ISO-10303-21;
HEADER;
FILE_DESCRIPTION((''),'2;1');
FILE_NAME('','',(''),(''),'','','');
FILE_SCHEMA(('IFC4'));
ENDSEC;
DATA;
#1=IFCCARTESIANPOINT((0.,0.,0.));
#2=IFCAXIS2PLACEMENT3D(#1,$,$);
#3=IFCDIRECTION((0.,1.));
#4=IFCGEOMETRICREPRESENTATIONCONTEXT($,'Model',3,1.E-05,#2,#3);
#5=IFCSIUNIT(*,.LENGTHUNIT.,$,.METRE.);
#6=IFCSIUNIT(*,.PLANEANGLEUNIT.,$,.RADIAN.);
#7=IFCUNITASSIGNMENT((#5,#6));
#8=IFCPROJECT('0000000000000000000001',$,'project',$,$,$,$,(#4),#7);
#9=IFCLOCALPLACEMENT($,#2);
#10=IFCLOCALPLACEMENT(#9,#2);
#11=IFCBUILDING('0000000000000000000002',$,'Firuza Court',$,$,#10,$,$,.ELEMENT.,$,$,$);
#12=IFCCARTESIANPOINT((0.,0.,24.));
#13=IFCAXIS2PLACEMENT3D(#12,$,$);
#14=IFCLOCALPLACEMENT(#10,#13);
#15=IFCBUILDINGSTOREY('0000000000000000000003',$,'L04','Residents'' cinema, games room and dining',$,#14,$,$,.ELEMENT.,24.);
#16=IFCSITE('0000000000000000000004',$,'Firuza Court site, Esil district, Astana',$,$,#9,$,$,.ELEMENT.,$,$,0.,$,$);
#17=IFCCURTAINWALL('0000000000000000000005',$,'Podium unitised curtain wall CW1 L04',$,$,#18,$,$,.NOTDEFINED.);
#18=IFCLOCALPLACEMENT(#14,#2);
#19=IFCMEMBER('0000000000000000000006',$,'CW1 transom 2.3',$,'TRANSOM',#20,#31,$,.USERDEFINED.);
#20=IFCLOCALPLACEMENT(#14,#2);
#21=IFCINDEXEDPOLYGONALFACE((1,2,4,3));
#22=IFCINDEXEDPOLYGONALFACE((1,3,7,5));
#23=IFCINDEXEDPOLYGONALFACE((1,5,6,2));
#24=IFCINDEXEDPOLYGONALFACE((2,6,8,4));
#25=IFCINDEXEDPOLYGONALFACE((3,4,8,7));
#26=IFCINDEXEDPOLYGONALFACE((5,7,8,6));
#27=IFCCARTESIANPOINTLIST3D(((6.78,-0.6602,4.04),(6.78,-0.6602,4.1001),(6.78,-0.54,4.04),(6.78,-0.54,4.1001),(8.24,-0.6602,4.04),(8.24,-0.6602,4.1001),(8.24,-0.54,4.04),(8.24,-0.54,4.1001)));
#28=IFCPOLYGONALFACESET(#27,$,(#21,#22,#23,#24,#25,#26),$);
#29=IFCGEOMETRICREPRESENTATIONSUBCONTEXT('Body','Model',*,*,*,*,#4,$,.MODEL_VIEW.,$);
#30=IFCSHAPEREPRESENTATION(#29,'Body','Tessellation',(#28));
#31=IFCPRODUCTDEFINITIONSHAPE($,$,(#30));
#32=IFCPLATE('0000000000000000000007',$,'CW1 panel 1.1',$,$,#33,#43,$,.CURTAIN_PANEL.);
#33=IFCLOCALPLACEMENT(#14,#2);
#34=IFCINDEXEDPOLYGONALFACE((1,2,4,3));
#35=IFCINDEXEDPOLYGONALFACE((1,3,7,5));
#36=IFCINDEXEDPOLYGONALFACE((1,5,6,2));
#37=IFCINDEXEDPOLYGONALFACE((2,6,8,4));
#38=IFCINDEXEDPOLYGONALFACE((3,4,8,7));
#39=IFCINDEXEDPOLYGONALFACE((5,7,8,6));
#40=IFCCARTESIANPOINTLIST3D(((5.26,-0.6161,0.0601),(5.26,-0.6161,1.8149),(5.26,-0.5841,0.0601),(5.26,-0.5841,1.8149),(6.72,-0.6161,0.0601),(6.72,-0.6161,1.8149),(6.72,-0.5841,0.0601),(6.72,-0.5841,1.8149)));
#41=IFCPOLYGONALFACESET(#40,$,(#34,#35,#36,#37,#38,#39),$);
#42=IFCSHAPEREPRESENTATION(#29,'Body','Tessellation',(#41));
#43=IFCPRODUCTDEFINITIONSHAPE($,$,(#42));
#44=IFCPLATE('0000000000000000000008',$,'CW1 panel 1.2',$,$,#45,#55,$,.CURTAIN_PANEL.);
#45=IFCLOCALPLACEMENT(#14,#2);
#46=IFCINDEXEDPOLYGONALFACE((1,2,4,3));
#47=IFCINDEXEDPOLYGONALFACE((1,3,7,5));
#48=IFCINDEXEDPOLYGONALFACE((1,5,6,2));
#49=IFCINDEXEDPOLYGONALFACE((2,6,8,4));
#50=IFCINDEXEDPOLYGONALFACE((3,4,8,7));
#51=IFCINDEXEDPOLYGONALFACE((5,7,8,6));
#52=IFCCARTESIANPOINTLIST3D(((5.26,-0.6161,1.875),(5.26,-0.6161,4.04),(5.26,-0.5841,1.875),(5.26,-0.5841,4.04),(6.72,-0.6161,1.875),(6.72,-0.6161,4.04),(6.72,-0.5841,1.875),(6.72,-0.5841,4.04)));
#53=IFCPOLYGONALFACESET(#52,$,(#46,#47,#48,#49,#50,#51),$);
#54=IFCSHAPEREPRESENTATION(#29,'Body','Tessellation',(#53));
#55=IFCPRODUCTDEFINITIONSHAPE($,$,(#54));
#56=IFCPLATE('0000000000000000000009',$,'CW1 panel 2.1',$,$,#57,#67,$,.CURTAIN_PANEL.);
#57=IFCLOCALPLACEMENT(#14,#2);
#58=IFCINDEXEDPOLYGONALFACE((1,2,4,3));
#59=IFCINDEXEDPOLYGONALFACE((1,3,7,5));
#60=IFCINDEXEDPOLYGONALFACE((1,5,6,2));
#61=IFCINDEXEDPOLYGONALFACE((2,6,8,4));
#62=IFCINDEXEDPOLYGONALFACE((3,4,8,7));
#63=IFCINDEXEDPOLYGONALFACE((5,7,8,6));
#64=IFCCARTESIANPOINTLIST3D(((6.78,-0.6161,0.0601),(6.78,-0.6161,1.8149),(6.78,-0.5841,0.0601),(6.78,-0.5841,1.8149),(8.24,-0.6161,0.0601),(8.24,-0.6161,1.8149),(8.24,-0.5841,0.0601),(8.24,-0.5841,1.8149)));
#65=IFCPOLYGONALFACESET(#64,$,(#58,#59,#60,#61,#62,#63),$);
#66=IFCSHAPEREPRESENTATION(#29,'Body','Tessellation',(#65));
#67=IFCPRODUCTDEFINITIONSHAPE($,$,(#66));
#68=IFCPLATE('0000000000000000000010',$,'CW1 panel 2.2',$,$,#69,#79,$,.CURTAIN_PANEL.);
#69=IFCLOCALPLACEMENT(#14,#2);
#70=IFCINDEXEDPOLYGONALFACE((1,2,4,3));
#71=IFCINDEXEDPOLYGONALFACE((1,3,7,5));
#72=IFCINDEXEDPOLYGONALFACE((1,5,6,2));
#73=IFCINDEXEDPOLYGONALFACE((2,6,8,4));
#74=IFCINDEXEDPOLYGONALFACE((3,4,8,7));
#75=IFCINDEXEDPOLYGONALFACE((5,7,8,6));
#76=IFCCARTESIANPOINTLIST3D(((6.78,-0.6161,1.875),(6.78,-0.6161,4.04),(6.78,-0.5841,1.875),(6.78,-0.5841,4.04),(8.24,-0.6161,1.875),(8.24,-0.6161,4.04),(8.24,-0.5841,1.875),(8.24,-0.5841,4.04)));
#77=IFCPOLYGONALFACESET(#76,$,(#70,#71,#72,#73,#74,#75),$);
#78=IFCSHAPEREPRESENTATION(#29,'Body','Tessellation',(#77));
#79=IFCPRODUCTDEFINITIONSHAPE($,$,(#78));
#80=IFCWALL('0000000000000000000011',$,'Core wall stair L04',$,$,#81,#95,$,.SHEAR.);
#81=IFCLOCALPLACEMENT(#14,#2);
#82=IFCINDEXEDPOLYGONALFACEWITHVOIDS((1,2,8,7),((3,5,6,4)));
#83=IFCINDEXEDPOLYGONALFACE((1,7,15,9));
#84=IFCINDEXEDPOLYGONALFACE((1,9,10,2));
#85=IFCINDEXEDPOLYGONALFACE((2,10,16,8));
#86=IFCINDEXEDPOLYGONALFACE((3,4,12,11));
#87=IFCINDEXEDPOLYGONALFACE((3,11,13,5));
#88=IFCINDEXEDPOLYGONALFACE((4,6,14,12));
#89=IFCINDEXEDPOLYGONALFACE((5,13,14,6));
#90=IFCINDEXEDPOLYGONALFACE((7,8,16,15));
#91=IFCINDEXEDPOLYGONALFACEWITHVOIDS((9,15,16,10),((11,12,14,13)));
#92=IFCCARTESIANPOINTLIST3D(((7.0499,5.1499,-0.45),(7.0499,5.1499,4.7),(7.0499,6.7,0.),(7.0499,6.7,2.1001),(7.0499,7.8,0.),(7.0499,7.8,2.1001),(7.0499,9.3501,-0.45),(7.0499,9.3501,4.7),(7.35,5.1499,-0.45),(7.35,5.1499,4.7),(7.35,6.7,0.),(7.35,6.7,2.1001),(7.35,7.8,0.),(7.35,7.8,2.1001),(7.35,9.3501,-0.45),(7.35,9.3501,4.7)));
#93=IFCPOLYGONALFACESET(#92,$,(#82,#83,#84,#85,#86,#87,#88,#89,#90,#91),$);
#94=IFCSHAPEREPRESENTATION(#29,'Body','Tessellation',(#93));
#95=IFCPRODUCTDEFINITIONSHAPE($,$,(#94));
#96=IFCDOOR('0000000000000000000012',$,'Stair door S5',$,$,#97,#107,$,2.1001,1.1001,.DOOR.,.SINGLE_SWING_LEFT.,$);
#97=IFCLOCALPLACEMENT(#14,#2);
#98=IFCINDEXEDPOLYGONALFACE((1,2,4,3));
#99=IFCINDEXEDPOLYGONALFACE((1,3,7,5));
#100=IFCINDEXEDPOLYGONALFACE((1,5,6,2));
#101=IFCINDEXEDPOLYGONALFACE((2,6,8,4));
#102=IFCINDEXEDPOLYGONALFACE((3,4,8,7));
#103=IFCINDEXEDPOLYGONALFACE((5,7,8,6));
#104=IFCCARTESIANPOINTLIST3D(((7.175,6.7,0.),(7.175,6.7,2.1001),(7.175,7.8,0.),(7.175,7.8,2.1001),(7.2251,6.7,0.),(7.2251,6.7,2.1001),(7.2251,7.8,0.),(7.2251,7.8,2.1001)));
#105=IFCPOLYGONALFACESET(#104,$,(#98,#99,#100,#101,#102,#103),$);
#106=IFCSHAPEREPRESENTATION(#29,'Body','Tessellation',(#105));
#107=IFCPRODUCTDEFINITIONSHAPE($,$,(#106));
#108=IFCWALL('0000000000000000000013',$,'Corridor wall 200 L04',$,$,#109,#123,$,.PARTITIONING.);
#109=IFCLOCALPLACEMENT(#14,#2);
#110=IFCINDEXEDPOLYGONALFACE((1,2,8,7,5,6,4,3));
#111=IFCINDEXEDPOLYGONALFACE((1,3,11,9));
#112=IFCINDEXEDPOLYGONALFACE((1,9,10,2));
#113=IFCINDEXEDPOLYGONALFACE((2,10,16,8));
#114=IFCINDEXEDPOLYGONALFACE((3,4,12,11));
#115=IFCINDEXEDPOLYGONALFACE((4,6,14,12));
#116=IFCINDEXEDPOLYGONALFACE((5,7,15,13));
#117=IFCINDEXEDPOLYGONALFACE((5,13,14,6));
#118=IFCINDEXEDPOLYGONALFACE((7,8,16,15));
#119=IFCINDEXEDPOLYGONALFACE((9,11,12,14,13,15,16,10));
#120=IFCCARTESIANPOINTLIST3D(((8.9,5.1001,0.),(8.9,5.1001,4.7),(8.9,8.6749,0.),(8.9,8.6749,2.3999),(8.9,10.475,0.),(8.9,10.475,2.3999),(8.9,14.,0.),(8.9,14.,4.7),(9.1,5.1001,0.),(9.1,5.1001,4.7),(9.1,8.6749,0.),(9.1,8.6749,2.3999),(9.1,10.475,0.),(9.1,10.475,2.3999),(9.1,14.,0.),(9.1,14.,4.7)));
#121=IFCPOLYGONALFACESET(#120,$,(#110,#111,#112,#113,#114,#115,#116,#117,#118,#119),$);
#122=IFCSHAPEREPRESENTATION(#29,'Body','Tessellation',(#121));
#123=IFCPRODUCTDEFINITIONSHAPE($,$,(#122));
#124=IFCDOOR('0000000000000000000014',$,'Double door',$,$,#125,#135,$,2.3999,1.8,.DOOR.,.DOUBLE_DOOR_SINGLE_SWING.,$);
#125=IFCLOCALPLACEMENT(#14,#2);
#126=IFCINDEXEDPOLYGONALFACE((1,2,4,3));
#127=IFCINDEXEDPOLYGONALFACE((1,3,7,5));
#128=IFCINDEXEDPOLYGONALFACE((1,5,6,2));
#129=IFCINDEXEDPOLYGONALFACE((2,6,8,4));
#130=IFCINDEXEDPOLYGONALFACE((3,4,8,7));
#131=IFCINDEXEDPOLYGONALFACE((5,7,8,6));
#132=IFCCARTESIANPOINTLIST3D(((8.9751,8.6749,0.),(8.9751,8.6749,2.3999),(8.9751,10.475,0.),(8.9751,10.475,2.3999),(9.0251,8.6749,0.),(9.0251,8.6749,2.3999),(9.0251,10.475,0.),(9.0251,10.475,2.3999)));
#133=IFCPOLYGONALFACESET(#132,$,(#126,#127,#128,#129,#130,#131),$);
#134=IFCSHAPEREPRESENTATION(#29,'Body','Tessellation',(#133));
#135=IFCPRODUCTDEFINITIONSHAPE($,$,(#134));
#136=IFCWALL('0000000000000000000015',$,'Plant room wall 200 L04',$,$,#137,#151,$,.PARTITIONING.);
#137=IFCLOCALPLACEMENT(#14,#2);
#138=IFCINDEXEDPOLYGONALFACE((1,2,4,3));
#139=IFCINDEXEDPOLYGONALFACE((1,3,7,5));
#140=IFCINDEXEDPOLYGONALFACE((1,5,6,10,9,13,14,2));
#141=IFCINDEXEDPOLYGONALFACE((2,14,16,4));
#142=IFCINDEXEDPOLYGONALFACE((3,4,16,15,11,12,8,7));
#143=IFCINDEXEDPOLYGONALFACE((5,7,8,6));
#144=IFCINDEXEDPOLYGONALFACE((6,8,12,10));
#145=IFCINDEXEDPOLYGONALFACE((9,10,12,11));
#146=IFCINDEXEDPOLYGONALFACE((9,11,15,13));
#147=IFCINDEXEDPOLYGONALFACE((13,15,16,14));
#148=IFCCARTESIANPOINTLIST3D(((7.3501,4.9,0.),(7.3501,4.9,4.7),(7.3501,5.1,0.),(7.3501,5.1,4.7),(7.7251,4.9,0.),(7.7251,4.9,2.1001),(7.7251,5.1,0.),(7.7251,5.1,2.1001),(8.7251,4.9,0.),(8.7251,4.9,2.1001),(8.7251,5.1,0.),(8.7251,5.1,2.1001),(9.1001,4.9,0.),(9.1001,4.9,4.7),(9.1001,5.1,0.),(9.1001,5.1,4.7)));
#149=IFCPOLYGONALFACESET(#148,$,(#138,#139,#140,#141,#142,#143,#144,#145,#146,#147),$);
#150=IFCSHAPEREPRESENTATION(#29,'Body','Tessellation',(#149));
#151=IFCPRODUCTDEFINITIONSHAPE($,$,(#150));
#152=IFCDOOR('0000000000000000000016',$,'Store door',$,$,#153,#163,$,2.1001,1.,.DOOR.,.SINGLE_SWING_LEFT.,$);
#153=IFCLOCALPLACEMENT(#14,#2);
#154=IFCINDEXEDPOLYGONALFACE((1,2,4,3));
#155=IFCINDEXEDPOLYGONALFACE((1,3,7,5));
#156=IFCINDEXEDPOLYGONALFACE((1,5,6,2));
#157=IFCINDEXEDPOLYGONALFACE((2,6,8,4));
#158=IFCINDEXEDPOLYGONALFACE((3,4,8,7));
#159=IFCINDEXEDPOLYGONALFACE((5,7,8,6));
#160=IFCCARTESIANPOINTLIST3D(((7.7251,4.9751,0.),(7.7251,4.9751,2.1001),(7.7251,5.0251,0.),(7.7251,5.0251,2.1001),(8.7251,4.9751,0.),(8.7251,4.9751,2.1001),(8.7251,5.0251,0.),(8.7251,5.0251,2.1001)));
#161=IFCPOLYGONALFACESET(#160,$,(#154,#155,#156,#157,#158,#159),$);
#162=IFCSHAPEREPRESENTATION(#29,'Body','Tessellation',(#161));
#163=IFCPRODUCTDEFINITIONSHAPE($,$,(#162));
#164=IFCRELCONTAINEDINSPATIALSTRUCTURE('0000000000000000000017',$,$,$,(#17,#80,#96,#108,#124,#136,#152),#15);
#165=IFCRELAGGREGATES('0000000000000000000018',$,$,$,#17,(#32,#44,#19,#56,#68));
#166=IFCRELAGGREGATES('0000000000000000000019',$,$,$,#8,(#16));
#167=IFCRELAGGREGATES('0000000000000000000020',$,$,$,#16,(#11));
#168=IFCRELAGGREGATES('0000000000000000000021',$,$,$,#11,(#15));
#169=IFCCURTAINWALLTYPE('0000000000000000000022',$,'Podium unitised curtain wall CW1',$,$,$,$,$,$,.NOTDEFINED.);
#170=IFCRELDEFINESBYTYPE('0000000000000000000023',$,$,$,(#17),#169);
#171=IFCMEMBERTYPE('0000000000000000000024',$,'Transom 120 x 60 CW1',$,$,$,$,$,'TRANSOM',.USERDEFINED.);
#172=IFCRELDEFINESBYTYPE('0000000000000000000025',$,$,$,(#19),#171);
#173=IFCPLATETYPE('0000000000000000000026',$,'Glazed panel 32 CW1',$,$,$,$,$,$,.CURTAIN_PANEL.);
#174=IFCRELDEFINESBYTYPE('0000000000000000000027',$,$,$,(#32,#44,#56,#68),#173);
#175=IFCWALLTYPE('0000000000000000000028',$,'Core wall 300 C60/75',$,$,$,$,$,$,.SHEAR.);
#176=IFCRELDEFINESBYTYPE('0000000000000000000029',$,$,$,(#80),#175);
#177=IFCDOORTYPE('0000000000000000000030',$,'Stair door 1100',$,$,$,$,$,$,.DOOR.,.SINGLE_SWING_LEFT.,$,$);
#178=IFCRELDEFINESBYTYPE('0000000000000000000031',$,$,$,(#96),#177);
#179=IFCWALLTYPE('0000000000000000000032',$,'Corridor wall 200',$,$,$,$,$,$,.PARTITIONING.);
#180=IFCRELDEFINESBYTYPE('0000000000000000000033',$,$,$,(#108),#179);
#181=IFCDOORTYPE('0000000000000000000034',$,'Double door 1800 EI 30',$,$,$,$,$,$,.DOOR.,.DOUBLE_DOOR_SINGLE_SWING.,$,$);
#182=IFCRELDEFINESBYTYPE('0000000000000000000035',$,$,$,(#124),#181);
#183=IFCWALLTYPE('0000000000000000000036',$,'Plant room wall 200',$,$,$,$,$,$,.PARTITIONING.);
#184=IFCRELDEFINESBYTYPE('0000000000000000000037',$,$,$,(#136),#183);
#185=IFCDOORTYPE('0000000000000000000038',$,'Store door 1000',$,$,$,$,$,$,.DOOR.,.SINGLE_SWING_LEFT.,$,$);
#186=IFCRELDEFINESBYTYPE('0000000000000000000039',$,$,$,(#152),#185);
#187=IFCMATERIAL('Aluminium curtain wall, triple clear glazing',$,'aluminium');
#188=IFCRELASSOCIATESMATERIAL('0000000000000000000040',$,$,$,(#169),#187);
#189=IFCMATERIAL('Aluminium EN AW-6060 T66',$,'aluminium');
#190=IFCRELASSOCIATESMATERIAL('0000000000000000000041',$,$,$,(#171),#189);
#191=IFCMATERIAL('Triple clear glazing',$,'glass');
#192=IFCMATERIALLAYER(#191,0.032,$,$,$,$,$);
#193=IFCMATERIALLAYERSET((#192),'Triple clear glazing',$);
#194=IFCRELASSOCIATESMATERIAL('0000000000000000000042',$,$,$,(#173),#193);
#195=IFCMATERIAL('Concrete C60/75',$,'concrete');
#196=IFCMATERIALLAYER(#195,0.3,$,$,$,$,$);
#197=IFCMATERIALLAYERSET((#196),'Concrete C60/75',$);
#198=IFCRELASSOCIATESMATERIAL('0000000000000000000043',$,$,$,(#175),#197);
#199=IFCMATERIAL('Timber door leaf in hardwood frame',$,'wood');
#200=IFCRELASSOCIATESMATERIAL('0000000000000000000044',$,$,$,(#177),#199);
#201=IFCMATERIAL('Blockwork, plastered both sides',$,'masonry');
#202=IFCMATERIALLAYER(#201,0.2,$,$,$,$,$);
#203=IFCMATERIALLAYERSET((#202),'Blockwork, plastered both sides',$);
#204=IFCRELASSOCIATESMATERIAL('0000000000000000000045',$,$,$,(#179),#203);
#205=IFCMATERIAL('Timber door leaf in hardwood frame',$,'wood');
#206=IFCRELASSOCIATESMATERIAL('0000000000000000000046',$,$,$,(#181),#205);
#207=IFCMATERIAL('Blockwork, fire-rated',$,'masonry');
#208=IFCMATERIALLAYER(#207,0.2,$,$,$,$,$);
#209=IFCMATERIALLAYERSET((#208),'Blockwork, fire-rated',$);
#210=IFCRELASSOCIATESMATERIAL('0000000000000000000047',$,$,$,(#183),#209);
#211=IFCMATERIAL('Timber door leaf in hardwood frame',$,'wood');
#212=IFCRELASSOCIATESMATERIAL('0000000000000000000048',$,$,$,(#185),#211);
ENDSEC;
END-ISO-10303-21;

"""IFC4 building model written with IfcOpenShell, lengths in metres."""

from ifc_helpers import new_model, si_unit, direction, frame, frame_2d, origin, origin_2d, place, context, subcontext, project, spatial, rectangle, extrude, material, layer, layer_set, material_profile, profile_set, type_object, element, fill, aggregate, save


model = new_model("IFC4")

# Units and contexts
model_context = context("Model", 3, precision=1e-05, world=origin(), true_north=direction((0.0, 1.0)))
body_context = subcontext(model_context, "Body", "Model", "MODEL_VIEW")
ifc_project = project(units=[si_unit("LENGTHUNIT", "METRE"), si_unit("PLANEANGLEUNIT", "RADIAN")], contexts=[model_context])

# Site, building, storey
site_placement = place(None, origin())
site = spatial("IfcSite", under=ifc_project, at=site_placement, Name="Firuza Court site, Esil district, Astana", CompositionType="ELEMENT", RefElevation=0.0)
building_placement = place(site_placement, origin())
building = spatial("IfcBuilding", under=site, at=building_placement, Name="Firuza Court", CompositionType="ELEMENT")
storey_placement = place(building_placement, frame((0.0, 0.0, 24.0)))
storey = spatial("IfcBuildingStorey", under=building, at=storey_placement, Name="L04", Description="Residents' cinema, games room and dining", CompositionType="ELEMENT", Elevation=24.0)

# Curtain wall
ifc_material_1 = material(Name="Aluminium curtain wall, triple clear glazing", Category="aluminium")
curtain_wall_type = type_object("IfcCurtainWallType", Name="Podium unitised curtain wall CW1", PredefinedType="NOTDEFINED", material=ifc_material_1)
curtain_wall_placement = place(storey_placement, origin())
curtain_wall = element("IfcCurtainWall", 1, at=curtain_wall_placement, inside=storey, type_object=curtain_wall_type, Name="Podium unitised curtain wall CW1 L04", PredefinedType="NOTDEFINED")

# Member
ifc_material_2 = material(Name="Aluminium EN AW-6060 T66", Category="aluminium")
ifc_material_profile_1 = material_profile(ifc_material_2, rectangle(XDim=0.1201, YDim=0.0601, at=origin_2d()), Name="Transom 120 x 60 CW1")
ifc_profile_set_1 = profile_set([ifc_material_profile_1], Name="Aluminium EN AW-6060 T66")
member_type_1 = type_object("IfcMemberType", Name="Transom 120 x 60 CW1", ElementType="TRANSOM", PredefinedType="USERDEFINED", material=ifc_profile_set_1)
member_1_placement = place(storey_placement, frame((6.78, -0.6001, 4.0701), z_axis=(1.0, 0.0, 0.0), x_axis=(0.0, 1.0, 0.0)))
member_1 = element("IfcMember", 2, at=member_1_placement, type_object=member_type_1, Name="CW1 transom 2.3", ObjectType="TRANSOM", PredefinedType="USERDEFINED", context=body_context, shape_type="SweptSolid", body=[
    extrude(rectangle(XDim=0.1201, YDim=0.0601, at=origin_2d()), origin(), (0.0, 0.0, 1.0), 1.46),
])

# Plates
ifc_material_3 = material(Name="Triple clear glazing", Category="glass")
ifc_layer_1 = layer(ifc_material_3, 0.032)
ifc_layer_set_1 = layer_set([ifc_layer_1], Name="Triple clear glazing")
plate_type = type_object("IfcPlateType", Name="Glazed panel 32 CW1", PredefinedType="CURTAIN_PANEL", material=ifc_layer_set_1)
plate_1_placement = place(storey_placement, frame((5.99, -0.6001, 0.0601), z_axis=(0.0, 0.0, 1.0), x_axis=(1.0, 0.0, 0.0)))
plate_1 = element("IfcPlate", 3, at=plate_1_placement, type_object=plate_type, Name="CW1 panel 1.1", PredefinedType="CURTAIN_PANEL", context=body_context, shape_type="SweptSolid", body=[
    extrude(rectangle(XDim=1.46, YDim=0.032, at=origin_2d()), origin(), (0.0, 0.0, 1.0), 1.7549),
])
plate_2_placement = place(storey_placement, frame((5.99, -0.6001, 1.875), z_axis=(0.0, 0.0, 1.0), x_axis=(1.0, 0.0, 0.0)))
plate_2 = element("IfcPlate", 4, at=plate_2_placement, type_object=plate_type, Name="CW1 panel 1.2", PredefinedType="CURTAIN_PANEL", context=body_context, shape_type="SweptSolid", body=[
    extrude(rectangle(XDim=1.46, YDim=0.032, at=origin_2d()), origin(), (0.0, 0.0, 1.0), 2.165),
])
plate_3_placement = place(storey_placement, frame((7.51, -0.6001, 0.0601), z_axis=(0.0, 0.0, 1.0), x_axis=(1.0, 0.0, 0.0)))
plate_3 = element("IfcPlate", 5, at=plate_3_placement, type_object=plate_type, Name="CW1 panel 2.1", PredefinedType="CURTAIN_PANEL", context=body_context, shape_type="SweptSolid", body=[
    extrude(rectangle(XDim=1.46, YDim=0.032, at=origin_2d()), origin(), (0.0, 0.0, 1.0), 1.7549),
])
plate_4_placement = place(storey_placement, frame((7.51, -0.6001, 1.875), z_axis=(0.0, 0.0, 1.0), x_axis=(1.0, 0.0, 0.0)))
plate_4 = element("IfcPlate", 6, at=plate_4_placement, type_object=plate_type, Name="CW1 panel 2.2", PredefinedType="CURTAIN_PANEL", context=body_context, shape_type="SweptSolid", body=[
    extrude(rectangle(XDim=1.46, YDim=0.032, at=origin_2d()), origin(), (0.0, 0.0, 1.0), 2.165),
])
aggregate(curtain_wall, [plate_1, plate_2, member_1, plate_3, plate_4])

# Walls, openings, doors
ifc_material_4 = material(Name="Concrete C60/75", Category="concrete")
ifc_layer_2 = layer(ifc_material_4, 0.3)
ifc_layer_set_2 = layer_set([ifc_layer_2], Name="Concrete C60/75")
wall_type_1 = type_object("IfcWallType", Name="Core wall 300 C60/75", PredefinedType="SHEAR", material=ifc_layer_set_2)
wall_1_placement = place(storey_placement, frame((7.2, 5.1499, -0.45), z_axis=(0.0, 0.0, 1.0), x_axis=(0.0, 1.0, 0.0)))
wall_1 = element("IfcWall", 7, at=wall_1_placement, inside=storey, type_object=wall_type_1, Name="Core wall stair L04", PredefinedType="SHEAR", context=body_context, shape_type="SweptSolid", body=[
    extrude(rectangle(XDim=4.2002, YDim=0.3, at=frame_2d((2.1001, 0.0))), origin(), (0.0, 0.0, 1.0), 5.1499),
])
opening_1_placement = place(wall_1_placement, frame((1.55, 0.0, 0.45)))
opening_1 = element("IfcOpeningElement", 8, at=opening_1_placement, cuts=wall_1, PredefinedType="OPENING", context=body_context, shape_type="SweptSolid", body=[
    extrude(rectangle(XDim=1.1001, YDim=2.1001, at=frame_2d((0.55, 1.05))), frame((0.0, 0.1621, 0.0), z_axis=(0.0, -1.0, 0.0), x_axis=(1.0, 0.0, 0.0)), (0.0, 0.0, 1.0), 0.324),
])
ifc_material_5 = material(Name="Timber door leaf in hardwood frame", Category="wood")
door_type_1 = type_object("IfcDoorType", Name="Stair door 1100", OperationType="SINGLE_SWING_LEFT", PredefinedType="DOOR", material=ifc_material_5)
door_1_placement = place(opening_1_placement, origin())
door_1 = element("IfcDoor", 9, at=door_1_placement, inside=storey, type_object=door_type_1, Name="Stair door S5", OperationType="SINGLE_SWING_LEFT", OverallHeight=2.1001, OverallWidth=1.1001, PredefinedType="DOOR", context=body_context, shape_type="SweptSolid", body=[
    extrude(rectangle(XDim=1.1001, YDim=2.1001, at=frame_2d((0.55, 1.05))), frame((0.0, 0.0249, 0.0), z_axis=(0.0, -1.0, 0.0), x_axis=(1.0, 0.0, 0.0)), (0.0, 0.0, 1.0), 0.05),
])
fill(opening_1, door_1)
ifc_material_6 = material(Name="Blockwork, plastered both sides", Category="masonry")
ifc_layer_3 = layer(ifc_material_6, 0.2)
ifc_layer_set_3 = layer_set([ifc_layer_3], Name="Blockwork, plastered both sides")
wall_type_2 = type_object("IfcWallType", Name="Corridor wall 200", PredefinedType="PARTITIONING", material=ifc_layer_set_3)
wall_2_placement = place(storey_placement, frame((9.0, 5.1001, 0.0), z_axis=(0.0, 0.0, 1.0), x_axis=(0.0, 1.0, 0.0)))
wall_2 = element("IfcWall", 10, at=wall_2_placement, inside=storey, type_object=wall_type_2, Name="Corridor wall 200 L04", PredefinedType="PARTITIONING", context=body_context, shape_type="SweptSolid", body=[
    extrude(rectangle(XDim=8.8999, YDim=0.2, at=frame_2d((4.45, 0.0))), origin(), (0.0, 0.0, 1.0), 4.7),
])
opening_2_placement = place(wall_2_placement, frame((3.575, 0.0, 0.0)))
opening_2 = element("IfcOpeningElement", 11, at=opening_2_placement, cuts=wall_2, PredefinedType="OPENING", context=body_context, shape_type="SweptSolid", body=[
    extrude(rectangle(XDim=1.8, YDim=2.3999, at=frame_2d((0.8999, 1.2))), frame((0.0, 0.1118, 0.0), z_axis=(0.0, -1.0, 0.0), x_axis=(1.0, 0.0, 0.0)), (0.0, 0.0, 1.0), 0.2239),
])
ifc_material_7 = material(Name="Timber door leaf in hardwood frame", Category="wood")
door_type_2 = type_object("IfcDoorType", Name="Double door 1800 EI 30", OperationType="DOUBLE_DOOR_SINGLE_SWING", PredefinedType="DOOR", material=ifc_material_7)
door_2_placement = place(opening_2_placement, origin())
door_2 = element("IfcDoor", 12, at=door_2_placement, inside=storey, type_object=door_type_2, Name="Double door", OperationType="DOUBLE_DOOR_SINGLE_SWING", OverallHeight=2.3999, OverallWidth=1.8, PredefinedType="DOOR", context=body_context, shape_type="SweptSolid", body=[
    extrude(rectangle(XDim=1.8, YDim=2.3999, at=frame_2d((0.8999, 1.2))), frame((0.0, 0.0249, 0.0), z_axis=(0.0, -1.0, 0.0), x_axis=(1.0, 0.0, 0.0)), (0.0, 0.0, 1.0), 0.05),
])
fill(opening_2, door_2)
ifc_material_8 = material(Name="Blockwork, fire-rated", Category="masonry")
ifc_layer_4 = layer(ifc_material_8, 0.2)
ifc_layer_set_4 = layer_set([ifc_layer_4], Name="Blockwork, fire-rated")
wall_type_3 = type_object("IfcWallType", Name="Plant room wall 200", PredefinedType="PARTITIONING", material=ifc_layer_set_4)
wall_3_placement = place(storey_placement, frame((7.3501, 5.0, 0.0), z_axis=(0.0, 0.0, 1.0), x_axis=(1.0, 0.0, 0.0)))
wall_3 = element("IfcWall", 13, at=wall_3_placement, inside=storey, type_object=wall_type_3, Name="Plant room wall 200 L04", PredefinedType="PARTITIONING", context=body_context, shape_type="SweptSolid", body=[
    extrude(rectangle(XDim=1.75, YDim=0.2, at=frame_2d((0.875, 0.0))), origin(), (0.0, 0.0, 1.0), 4.7),
])
opening_3_placement = place(wall_3_placement, frame((0.375, 0.0, 0.0)))
opening_3 = element("IfcOpeningElement", 14, at=opening_3_placement, cuts=wall_3, PredefinedType="OPENING", context=body_context, shape_type="SweptSolid", body=[
    extrude(rectangle(XDim=1.0, YDim=2.1001, at=frame_2d((0.5, 1.05))), frame((0.0, 0.1118, 0.0), z_axis=(0.0, -1.0, 0.0), x_axis=(1.0, 0.0, 0.0)), (0.0, 0.0, 1.0), 0.2239),
])
ifc_material_9 = material(Name="Timber door leaf in hardwood frame", Category="wood")
door_type_3 = type_object("IfcDoorType", Name="Store door 1000", OperationType="SINGLE_SWING_LEFT", PredefinedType="DOOR", material=ifc_material_9)
door_3_placement = place(opening_3_placement, frame((1.0, 0.0, 0.0), z_axis=(0.0, 0.0, 1.0), x_axis=(-1.0, 0.0, 0.0)))
door_3 = element("IfcDoor", 15, at=door_3_placement, inside=storey, type_object=door_type_3, Name="Store door", OperationType="SINGLE_SWING_LEFT", OverallHeight=2.1001, OverallWidth=1.0, PredefinedType="DOOR", context=body_context, shape_type="SweptSolid", body=[
    extrude(rectangle(XDim=1.0, YDim=2.1001, at=frame_2d((0.5, 1.05))), frame((0.0, 0.0249, 0.0), z_axis=(0.0, -1.0, 0.0), x_axis=(1.0, 0.0, 0.0)), (0.0, 0.0, 1.0), 0.05),
])
fill(opening_3, door_3)

save(model, "model.ifc")
